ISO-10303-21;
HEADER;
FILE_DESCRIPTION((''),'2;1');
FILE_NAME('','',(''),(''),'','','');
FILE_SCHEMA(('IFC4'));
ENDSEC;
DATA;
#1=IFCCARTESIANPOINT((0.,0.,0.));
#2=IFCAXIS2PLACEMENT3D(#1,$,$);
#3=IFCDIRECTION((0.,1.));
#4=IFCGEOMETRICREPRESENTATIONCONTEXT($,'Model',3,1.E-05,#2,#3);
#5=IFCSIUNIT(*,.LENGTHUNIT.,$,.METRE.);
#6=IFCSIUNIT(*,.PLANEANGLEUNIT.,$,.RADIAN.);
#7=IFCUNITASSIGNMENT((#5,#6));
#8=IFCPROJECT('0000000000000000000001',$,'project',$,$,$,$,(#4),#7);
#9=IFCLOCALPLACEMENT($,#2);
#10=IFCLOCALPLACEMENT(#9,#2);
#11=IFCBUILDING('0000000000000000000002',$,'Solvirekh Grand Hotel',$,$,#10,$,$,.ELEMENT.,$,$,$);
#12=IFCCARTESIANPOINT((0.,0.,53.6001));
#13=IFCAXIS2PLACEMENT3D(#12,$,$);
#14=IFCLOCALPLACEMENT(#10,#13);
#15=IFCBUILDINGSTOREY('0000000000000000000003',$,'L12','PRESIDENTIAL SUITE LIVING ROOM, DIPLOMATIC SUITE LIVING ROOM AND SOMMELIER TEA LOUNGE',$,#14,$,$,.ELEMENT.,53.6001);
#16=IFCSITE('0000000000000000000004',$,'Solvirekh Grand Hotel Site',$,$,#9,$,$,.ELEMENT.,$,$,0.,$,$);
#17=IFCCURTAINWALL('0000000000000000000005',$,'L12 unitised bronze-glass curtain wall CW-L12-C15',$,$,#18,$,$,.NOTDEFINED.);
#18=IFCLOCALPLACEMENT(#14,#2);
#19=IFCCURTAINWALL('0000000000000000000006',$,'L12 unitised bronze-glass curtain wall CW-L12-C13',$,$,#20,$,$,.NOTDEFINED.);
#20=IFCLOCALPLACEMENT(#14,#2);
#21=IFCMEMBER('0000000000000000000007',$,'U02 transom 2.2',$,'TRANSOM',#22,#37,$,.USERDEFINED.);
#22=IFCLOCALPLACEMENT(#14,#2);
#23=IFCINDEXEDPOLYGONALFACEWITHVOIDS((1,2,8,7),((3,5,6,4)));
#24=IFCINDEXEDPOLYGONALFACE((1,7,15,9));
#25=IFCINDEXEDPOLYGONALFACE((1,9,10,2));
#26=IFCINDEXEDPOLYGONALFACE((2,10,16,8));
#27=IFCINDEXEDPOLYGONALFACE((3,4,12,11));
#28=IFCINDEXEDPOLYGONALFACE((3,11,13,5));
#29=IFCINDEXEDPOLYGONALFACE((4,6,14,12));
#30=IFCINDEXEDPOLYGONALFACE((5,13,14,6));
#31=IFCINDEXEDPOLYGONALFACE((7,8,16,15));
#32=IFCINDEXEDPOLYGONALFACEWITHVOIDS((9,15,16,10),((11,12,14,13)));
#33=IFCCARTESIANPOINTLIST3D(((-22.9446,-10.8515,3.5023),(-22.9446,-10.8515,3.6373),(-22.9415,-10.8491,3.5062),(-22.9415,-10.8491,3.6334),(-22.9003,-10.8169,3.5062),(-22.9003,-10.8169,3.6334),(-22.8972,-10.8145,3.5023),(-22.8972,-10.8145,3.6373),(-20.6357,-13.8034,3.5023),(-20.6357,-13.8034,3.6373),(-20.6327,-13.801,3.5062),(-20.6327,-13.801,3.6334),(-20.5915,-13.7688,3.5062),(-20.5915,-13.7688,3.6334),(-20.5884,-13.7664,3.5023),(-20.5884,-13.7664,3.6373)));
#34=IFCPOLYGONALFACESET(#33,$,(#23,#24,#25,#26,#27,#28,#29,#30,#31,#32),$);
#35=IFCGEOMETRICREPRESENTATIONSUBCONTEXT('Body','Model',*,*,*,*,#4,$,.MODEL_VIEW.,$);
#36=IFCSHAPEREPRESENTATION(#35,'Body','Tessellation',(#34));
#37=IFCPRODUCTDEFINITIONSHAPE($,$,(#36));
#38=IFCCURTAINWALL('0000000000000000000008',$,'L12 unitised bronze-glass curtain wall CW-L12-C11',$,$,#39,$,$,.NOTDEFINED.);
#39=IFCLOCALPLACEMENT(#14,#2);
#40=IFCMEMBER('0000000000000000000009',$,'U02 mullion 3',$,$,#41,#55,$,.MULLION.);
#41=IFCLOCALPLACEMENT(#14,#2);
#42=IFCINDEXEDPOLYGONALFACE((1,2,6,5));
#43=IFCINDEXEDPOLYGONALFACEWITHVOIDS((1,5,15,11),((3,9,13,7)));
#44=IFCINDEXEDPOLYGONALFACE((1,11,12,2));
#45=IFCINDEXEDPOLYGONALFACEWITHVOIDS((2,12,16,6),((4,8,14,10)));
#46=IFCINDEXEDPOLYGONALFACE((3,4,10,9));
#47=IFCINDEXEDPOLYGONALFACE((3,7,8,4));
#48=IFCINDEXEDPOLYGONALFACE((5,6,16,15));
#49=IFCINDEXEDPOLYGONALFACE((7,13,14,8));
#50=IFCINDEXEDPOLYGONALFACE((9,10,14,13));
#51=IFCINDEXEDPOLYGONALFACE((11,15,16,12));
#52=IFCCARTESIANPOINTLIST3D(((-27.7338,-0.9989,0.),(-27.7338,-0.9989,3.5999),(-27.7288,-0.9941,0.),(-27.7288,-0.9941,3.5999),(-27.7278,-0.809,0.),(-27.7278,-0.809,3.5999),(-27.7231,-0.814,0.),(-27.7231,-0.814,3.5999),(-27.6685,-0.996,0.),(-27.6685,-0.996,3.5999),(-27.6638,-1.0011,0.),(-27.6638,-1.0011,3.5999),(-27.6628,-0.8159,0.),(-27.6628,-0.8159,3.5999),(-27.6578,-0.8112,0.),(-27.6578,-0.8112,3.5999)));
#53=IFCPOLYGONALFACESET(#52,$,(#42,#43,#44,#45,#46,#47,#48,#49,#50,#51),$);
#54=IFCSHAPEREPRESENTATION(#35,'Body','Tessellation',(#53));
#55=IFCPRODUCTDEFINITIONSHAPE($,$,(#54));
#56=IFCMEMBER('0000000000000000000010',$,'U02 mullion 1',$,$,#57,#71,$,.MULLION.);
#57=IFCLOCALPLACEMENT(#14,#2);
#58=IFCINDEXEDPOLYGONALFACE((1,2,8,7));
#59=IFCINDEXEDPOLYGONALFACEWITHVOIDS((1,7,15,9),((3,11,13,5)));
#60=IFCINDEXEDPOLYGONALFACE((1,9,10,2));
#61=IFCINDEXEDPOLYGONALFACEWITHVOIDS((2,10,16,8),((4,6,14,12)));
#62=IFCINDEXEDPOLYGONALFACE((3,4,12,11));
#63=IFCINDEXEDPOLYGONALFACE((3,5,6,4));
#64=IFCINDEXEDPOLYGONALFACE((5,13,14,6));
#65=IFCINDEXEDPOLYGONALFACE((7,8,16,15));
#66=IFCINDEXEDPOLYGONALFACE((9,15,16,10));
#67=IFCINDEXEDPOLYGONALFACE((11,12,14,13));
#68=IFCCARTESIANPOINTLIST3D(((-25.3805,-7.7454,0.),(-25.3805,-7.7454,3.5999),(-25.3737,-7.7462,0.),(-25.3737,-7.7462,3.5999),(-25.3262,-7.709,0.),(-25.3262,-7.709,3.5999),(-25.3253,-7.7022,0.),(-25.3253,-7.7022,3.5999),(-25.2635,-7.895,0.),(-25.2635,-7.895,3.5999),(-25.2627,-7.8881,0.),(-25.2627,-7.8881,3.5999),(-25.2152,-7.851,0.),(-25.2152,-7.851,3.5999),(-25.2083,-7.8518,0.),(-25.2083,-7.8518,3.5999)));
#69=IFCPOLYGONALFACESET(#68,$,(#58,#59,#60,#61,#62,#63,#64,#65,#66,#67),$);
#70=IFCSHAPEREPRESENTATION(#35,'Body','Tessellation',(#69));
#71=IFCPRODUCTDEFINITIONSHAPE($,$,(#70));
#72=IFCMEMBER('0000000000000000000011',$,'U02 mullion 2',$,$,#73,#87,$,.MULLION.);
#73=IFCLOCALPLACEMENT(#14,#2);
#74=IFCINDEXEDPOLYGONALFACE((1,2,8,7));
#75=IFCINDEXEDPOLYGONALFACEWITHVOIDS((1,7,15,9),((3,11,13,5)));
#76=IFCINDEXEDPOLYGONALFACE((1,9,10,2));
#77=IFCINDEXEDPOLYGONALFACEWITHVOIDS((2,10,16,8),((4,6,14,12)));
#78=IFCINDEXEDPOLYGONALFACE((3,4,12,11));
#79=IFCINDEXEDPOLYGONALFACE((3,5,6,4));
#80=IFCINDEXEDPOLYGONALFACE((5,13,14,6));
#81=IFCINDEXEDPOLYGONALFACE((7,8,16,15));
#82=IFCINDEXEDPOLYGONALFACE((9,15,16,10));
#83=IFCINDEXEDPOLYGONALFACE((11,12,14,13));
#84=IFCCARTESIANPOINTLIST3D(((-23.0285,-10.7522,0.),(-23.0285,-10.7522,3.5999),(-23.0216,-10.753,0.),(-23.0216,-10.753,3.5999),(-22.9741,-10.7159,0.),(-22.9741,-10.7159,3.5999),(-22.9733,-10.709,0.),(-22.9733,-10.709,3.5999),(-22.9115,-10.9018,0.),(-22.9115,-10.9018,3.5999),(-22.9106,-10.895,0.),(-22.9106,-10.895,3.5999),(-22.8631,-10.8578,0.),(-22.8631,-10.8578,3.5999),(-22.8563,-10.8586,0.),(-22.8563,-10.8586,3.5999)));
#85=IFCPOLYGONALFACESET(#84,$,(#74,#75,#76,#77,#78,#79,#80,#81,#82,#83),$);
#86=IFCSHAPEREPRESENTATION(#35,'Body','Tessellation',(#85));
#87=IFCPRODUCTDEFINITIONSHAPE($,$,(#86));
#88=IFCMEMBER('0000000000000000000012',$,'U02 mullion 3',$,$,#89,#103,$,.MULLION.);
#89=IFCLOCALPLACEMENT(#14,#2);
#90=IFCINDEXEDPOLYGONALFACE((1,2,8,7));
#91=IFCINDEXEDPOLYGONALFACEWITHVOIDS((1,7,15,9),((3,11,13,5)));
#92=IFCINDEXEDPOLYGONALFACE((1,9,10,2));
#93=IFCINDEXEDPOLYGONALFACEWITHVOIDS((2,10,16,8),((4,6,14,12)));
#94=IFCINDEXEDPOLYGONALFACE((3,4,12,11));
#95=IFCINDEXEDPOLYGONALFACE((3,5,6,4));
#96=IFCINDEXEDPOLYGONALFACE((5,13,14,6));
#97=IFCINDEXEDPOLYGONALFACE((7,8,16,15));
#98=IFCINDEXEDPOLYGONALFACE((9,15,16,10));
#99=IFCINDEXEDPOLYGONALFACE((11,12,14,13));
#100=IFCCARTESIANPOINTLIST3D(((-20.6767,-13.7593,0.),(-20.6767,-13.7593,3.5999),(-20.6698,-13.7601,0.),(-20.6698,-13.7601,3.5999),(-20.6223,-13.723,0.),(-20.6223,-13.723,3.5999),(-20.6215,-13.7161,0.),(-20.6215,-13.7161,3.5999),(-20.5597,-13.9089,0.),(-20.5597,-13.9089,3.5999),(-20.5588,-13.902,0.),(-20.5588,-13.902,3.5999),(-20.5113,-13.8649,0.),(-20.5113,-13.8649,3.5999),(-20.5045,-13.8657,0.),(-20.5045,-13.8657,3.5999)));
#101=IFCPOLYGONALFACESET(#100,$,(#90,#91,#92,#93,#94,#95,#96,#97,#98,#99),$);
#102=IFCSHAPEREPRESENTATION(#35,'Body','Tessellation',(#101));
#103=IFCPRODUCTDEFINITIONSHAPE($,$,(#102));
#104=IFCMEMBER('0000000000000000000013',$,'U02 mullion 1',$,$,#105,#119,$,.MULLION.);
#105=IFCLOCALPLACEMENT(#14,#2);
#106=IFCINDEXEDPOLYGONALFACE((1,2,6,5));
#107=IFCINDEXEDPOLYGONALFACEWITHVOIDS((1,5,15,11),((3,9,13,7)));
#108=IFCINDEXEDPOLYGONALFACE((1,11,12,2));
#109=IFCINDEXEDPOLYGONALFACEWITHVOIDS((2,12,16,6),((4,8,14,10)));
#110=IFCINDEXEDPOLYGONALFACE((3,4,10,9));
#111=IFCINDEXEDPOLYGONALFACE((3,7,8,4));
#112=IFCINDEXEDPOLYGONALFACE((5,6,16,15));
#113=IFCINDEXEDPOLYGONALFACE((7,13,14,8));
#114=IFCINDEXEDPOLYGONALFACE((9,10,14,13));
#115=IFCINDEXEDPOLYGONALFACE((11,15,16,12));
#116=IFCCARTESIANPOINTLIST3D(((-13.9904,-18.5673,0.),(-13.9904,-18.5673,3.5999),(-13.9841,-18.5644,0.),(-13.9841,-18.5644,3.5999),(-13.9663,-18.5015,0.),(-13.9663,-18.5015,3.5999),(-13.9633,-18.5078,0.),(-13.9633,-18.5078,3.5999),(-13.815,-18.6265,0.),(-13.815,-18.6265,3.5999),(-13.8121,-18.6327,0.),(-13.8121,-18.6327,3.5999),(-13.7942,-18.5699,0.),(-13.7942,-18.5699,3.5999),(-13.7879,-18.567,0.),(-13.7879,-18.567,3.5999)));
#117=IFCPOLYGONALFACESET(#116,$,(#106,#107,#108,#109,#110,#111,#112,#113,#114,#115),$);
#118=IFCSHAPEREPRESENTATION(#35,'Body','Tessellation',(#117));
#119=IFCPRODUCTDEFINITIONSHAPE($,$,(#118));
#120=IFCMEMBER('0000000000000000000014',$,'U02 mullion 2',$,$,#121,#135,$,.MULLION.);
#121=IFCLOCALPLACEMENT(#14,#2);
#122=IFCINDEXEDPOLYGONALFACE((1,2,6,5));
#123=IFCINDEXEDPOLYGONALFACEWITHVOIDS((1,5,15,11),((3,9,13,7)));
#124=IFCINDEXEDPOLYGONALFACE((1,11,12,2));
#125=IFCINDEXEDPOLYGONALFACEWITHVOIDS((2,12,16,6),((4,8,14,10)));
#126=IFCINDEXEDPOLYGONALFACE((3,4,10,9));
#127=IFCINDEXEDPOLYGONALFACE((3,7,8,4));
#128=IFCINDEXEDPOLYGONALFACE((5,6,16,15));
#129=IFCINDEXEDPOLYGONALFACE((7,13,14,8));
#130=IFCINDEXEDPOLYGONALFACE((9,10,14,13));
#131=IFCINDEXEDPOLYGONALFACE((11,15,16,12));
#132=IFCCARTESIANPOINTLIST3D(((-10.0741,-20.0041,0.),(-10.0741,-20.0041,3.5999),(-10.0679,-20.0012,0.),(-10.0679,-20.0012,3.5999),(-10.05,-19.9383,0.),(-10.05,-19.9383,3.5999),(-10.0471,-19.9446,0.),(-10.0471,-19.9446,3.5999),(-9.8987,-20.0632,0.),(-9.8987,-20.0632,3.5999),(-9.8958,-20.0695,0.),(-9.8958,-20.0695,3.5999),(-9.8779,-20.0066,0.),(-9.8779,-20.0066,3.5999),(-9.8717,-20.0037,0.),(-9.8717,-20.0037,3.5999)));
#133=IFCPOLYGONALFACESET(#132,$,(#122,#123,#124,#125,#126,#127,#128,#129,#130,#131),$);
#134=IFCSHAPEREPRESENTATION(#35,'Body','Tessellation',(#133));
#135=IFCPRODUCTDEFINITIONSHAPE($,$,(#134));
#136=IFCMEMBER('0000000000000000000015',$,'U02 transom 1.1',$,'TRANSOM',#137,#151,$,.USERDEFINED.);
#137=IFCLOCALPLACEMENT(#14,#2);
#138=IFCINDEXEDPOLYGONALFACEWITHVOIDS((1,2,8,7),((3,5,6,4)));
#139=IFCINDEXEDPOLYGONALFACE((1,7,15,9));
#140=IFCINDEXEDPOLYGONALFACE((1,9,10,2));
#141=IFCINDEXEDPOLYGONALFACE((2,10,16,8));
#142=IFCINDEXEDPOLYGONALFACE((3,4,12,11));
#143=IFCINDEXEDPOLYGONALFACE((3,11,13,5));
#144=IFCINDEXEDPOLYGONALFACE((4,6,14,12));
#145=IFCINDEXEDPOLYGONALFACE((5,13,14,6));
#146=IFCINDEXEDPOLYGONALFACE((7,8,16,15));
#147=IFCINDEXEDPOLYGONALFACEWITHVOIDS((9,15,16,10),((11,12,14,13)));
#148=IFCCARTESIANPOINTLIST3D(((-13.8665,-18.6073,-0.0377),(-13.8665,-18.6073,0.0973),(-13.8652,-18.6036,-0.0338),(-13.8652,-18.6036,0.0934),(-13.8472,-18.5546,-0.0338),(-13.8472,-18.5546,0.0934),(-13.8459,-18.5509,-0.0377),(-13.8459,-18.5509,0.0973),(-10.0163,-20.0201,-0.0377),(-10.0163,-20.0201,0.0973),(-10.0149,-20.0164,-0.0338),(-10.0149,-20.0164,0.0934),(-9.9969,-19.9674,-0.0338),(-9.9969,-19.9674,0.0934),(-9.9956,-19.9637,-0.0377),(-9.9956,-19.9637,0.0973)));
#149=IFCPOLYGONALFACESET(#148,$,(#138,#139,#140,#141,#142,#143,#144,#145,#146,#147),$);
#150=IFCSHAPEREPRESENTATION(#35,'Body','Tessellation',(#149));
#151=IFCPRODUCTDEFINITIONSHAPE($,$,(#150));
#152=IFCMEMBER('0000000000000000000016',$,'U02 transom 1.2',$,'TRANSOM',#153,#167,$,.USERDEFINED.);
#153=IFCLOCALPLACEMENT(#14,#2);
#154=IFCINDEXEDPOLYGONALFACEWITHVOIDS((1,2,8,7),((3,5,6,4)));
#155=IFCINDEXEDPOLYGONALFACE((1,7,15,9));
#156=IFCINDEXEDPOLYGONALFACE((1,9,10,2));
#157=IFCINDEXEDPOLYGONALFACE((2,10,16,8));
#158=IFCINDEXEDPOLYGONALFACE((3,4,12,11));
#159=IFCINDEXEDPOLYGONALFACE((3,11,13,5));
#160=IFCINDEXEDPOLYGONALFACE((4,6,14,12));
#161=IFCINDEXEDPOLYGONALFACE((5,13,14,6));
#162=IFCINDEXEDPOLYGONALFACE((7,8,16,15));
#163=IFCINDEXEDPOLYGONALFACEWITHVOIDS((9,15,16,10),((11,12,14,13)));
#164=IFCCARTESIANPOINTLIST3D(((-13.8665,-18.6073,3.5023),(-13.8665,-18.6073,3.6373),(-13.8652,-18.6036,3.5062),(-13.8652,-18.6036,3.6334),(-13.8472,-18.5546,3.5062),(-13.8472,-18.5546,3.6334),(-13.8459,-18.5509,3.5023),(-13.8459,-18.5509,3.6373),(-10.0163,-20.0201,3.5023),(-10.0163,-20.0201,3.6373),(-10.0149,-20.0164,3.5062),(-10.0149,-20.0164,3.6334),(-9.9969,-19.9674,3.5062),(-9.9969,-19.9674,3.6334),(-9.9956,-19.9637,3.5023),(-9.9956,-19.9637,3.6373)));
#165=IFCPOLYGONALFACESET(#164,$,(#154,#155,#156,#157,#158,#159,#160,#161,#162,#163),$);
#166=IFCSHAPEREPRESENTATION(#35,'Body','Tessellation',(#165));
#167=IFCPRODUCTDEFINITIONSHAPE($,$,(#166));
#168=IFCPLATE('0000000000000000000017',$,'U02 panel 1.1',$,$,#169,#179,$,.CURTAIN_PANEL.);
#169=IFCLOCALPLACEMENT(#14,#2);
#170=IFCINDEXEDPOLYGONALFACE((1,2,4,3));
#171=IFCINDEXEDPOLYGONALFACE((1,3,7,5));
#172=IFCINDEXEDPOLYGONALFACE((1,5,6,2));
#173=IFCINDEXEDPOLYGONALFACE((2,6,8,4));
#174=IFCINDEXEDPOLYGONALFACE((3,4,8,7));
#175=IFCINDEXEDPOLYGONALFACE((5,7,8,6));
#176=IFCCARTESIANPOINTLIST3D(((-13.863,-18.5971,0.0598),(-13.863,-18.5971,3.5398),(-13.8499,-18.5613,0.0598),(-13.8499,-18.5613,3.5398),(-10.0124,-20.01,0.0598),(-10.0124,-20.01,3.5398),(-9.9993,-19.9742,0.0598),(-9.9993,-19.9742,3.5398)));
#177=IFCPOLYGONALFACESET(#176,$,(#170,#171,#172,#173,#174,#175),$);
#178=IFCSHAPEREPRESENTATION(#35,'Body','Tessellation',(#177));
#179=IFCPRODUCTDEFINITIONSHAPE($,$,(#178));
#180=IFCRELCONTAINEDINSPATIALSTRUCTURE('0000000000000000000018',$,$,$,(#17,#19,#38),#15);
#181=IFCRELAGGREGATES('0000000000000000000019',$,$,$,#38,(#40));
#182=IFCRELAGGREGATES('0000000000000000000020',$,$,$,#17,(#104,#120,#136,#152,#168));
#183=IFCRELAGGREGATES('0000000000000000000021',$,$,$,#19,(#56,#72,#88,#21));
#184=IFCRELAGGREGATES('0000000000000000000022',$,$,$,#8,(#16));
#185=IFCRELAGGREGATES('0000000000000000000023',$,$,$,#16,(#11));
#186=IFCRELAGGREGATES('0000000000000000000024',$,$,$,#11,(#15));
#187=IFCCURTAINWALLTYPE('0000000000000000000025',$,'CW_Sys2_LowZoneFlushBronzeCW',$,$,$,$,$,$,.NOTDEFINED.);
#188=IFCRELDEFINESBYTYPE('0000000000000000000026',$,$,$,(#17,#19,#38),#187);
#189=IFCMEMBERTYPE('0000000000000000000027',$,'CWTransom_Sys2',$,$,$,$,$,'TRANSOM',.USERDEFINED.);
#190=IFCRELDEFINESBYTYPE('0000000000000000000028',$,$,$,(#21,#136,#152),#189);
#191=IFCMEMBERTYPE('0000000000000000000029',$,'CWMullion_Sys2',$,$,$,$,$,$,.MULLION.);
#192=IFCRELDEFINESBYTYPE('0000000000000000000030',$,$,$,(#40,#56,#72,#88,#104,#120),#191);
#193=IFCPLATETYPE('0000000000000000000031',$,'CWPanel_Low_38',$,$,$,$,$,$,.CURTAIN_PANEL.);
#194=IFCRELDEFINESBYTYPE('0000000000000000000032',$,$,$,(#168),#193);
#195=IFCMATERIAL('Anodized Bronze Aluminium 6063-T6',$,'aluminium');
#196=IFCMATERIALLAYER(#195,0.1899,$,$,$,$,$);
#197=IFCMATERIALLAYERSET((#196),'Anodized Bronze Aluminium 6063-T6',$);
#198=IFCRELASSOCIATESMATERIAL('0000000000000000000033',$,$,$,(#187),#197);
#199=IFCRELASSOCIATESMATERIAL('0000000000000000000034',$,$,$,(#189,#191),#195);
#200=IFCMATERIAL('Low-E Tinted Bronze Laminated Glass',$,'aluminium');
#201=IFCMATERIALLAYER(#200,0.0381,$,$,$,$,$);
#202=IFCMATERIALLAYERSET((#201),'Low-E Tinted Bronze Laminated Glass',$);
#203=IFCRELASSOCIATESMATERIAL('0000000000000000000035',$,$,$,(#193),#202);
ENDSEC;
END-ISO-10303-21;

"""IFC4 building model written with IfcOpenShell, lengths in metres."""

from ifc_helpers import new_model, si_unit, direction, frame, origin, origin_2d, place, context, subcontext, project, spatial, rectangle, hollow_rectangle, extrude, source, transform, mapped, material, layer, layer_set, material_profile, profile_set, type_object, element, aggregate, save


model = new_model("IFC4")

# Units and contexts
model_context = context("Model", 3, precision=1e-05, world=origin(), true_north=direction((0.0, 1.0)))
body_context = subcontext(model_context, "Body", "Model", "MODEL_VIEW")
ifc_project = project(units=[si_unit("LENGTHUNIT", "METRE"), si_unit("PLANEANGLEUNIT", "RADIAN")], contexts=[model_context])

# Site, building, storey
site_placement = place(None, origin())
site = spatial("IfcSite", under=ifc_project, at=site_placement, Name="Solvirekh Grand Hotel Site", CompositionType="ELEMENT", RefElevation=0.0)
building_placement = place(site_placement, origin())
building = spatial("IfcBuilding", under=site, at=building_placement, Name="Solvirekh Grand Hotel", CompositionType="ELEMENT")
storey_placement = place(building_placement, frame((0.0, 0.0, 53.6001)))
storey = spatial("IfcBuildingStorey", under=building, at=storey_placement, Name="L12", Description="PRESIDENTIAL SUITE LIVING ROOM, DIPLOMATIC SUITE LIVING ROOM AND SOMMELIER TEA LOUNGE", CompositionType="ELEMENT", Elevation=53.6001)

# Curtain walls, member
ifc_material_1 = material(Name="Anodized Bronze Aluminium 6063-T6", Category="aluminium")
ifc_layer_1 = layer(ifc_material_1, 0.1899)
ifc_layer_set_1 = layer_set([ifc_layer_1], Name="Anodized Bronze Aluminium 6063-T6")
curtain_wall_type = type_object("IfcCurtainWallType", Name="CW_Sys2_LowZoneFlushBronzeCW", PredefinedType="NOTDEFINED", material=ifc_layer_set_1)
curtain_wall_1_placement = place(storey_placement, origin())
curtain_wall_1 = element("IfcCurtainWall", 1, at=curtain_wall_1_placement, inside=storey, type_object=curtain_wall_type, Name="L12 unitised bronze-glass curtain wall CW-L12-C15", PredefinedType="NOTDEFINED")
ifc_material_profile_1 = material_profile(ifc_material_1, hollow_rectangle(XDim=0.0601, YDim=0.135, WallThickness=0.0039, at=origin_2d()), Name="ALU RHS 135X60X4")
ifc_profile_set_1 = profile_set([ifc_material_profile_1], Name="Anodized Bronze Aluminium 6063-T6")
member_type_1 = type_object("IfcMemberType", Name="CWTransom_Sys2", ElementType="TRANSOM", PredefinedType="USERDEFINED", material=ifc_profile_set_1)
curtain_wall_2_placement = place(storey_placement, origin())
curtain_wall_2 = element("IfcCurtainWall", 2, at=curtain_wall_2_placement, inside=storey, type_object=curtain_wall_type, Name="L12 unitised bronze-glass curtain wall CW-L12-C13", PredefinedType="NOTDEFINED")
shared_shape_1 = source(origin(), body_context, "Body", "SweptSolid", [
    extrude(hollow_rectangle(XDim=0.0601, YDim=0.135, WallThickness=0.0039, at=origin_2d()), origin(), (0.0, 0.0, 1.0), 3.7476),
])
member_1_placement = place(storey_placement, frame((-22.9209, -10.833, 3.5698), z_axis=(0.616085, -0.78768, 0.0), x_axis=(0.78768, 0.616085, 0.0)))
member_1 = element("IfcMember", 3, at=member_1_placement, type_object=member_type_1, Name="U02 transom 2.2", ObjectType="TRANSOM", PredefinedType="USERDEFINED", context=body_context, shape_type="MappedRepresentation", body=[
    mapped(shared_shape_1, transform((0.0, 0.0, 0.0), x_axis=(1.0, 0.0, 0.0), y_axis=(0.0, 1.0, 0.0), z_axis=(0.0, 0.0, 1.0), scale=1.0)),
])

# Curtain wall, member
curtain_wall_3_placement = place(storey_placement, origin())
curtain_wall_3 = element("IfcCurtainWall", 4, at=curtain_wall_3_placement, inside=storey, type_object=curtain_wall_type, Name="L12 unitised bronze-glass curtain wall CW-L12-C11", PredefinedType="NOTDEFINED")
ifc_material_profile_2 = material_profile(ifc_material_1, hollow_rectangle(XDim=0.0701, YDim=0.1899, WallThickness=0.0049, at=origin_2d()), Name="ALU RHS 190X70X5")
ifc_profile_set_2 = profile_set([ifc_material_profile_2], Name="Anodized Bronze Aluminium 6063-T6")
member_type_2 = type_object("IfcMemberType", Name="CWMullion_Sys2", PredefinedType="MULLION", material=ifc_profile_set_2)
shared_shape_2 = source(origin(), body_context, "Body", "SweptSolid", [
    extrude(hollow_rectangle(XDim=0.0701, YDim=0.1899, WallThickness=0.0049, at=origin_2d()), origin(), (0.0, 0.0, 1.0), 3.5999),
])
member_2_placement = place(storey_placement, frame((-27.6958, -0.905, 0.0), z_axis=(0.0, 0.0, 1.0), x_axis=(0.999504, -0.031478, 0.0)))
member_2 = element("IfcMember", 5, at=member_2_placement, type_object=member_type_2, Name="U02 mullion 3", PredefinedType="MULLION", context=body_context, shape_type="MappedRepresentation", body=[
    mapped(shared_shape_2, transform((0.0, 0.0, 0.0), x_axis=(1.0, 0.0, 0.0), y_axis=(0.0, 1.0, 0.0), z_axis=(0.0, 0.0, 1.0), scale=1.0)),
])
aggregate(curtain_wall_3, [member_2])

# Members
member_3_placement = place(storey_placement, frame((-25.2944, -7.7986, 0.0), z_axis=(0.0, 0.0, 1.0), x_axis=(0.787672, 0.616095, 0.0)))
member_3 = element("IfcMember", 6, at=member_3_placement, type_object=member_type_2, Name="U02 mullion 1", PredefinedType="MULLION", context=body_context, shape_type="MappedRepresentation", body=[
    mapped(shared_shape_2, transform((0.0, 0.0, 0.0), x_axis=(1.0, 0.0, 0.0), y_axis=(0.0, 1.0, 0.0), z_axis=(0.0, 0.0, 1.0), scale=1.0)),
])
member_4_placement = place(storey_placement, frame((-22.9424, -10.8054, 0.0), z_axis=(0.0, 0.0, 1.0), x_axis=(0.787672, 0.616095, 0.0)))
member_4 = element("IfcMember", 7, at=member_4_placement, type_object=member_type_2, Name="U02 mullion 2", PredefinedType="MULLION", context=body_context, shape_type="MappedRepresentation", body=[
    mapped(shared_shape_2, transform((0.0, 0.0, 0.0), x_axis=(1.0, 0.0, 0.0), y_axis=(0.0, 1.0, 0.0), z_axis=(0.0, 0.0, 1.0), scale=1.0)),
])
member_5_placement = place(storey_placement, frame((-20.5906, -13.8125, 0.0), z_axis=(0.0, 0.0, 1.0), x_axis=(0.787672, 0.616095, 0.0)))
member_5 = element("IfcMember", 8, at=member_5_placement, type_object=member_type_2, Name="U02 mullion 3", PredefinedType="MULLION", context=body_context, shape_type="MappedRepresentation", body=[
    mapped(shared_shape_2, transform((0.0, 0.0, 0.0), x_axis=(1.0, 0.0, 0.0), y_axis=(0.0, 1.0, 0.0), z_axis=(0.0, 0.0, 1.0), scale=1.0)),
])
member_6_placement = place(storey_placement, frame((-13.8892, -18.5671, 0.0), z_axis=(0.0, 0.0, 1.0), x_axis=(0.344471, 0.938797, 0.0)))
member_6 = element("IfcMember", 9, at=member_6_placement, type_object=member_type_2, Name="U02 mullion 1", PredefinedType="MULLION", context=body_context, shape_type="MappedRepresentation", body=[
    mapped(shared_shape_2, transform((0.0, 0.0, 0.0), x_axis=(1.0, 0.0, 0.0), y_axis=(0.0, 1.0, 0.0), z_axis=(0.0, 0.0, 1.0), scale=1.0)),
])
member_7_placement = place(storey_placement, frame((-9.9729, -20.0039, 0.0), z_axis=(0.0, 0.0, 1.0), x_axis=(0.344471, 0.938797, 0.0)))
member_7 = element("IfcMember", 10, at=member_7_placement, type_object=member_type_2, Name="U02 mullion 2", PredefinedType="MULLION", context=body_context, shape_type="MappedRepresentation", body=[
    mapped(shared_shape_2, transform((0.0, 0.0, 0.0), x_axis=(1.0, 0.0, 0.0), y_axis=(0.0, 1.0, 0.0), z_axis=(0.0, 0.0, 1.0), scale=1.0)),
])
shared_shape_3 = source(origin(), body_context, "Body", "SweptSolid", [
    extrude(hollow_rectangle(XDim=0.0601, YDim=0.135, WallThickness=0.0039, at=origin_2d()), origin(), (0.0, 0.0, 1.0), 4.1013),
])
member_8_placement = place(storey_placement, frame((-13.8562, -18.5791, 0.0298), z_axis=(0.938794, -0.34448, 0.0), x_axis=(0.34448, 0.938794, 0.0)))
member_8 = element("IfcMember", 11, at=member_8_placement, type_object=member_type_1, Name="U02 transom 1.1", ObjectType="TRANSOM", PredefinedType="USERDEFINED", context=body_context, shape_type="MappedRepresentation", body=[
    mapped(shared_shape_3, transform((0.0, 0.0, 0.0), x_axis=(1.0, 0.0, 0.0), y_axis=(0.0, 1.0, 0.0), z_axis=(0.0, 0.0, 1.0), scale=1.0)),
])
member_9_placement = place(storey_placement, frame((-13.8562, -18.5791, 3.5698), z_axis=(0.938794, -0.34448, 0.0), x_axis=(0.34448, 0.938794, 0.0)))
member_9 = element("IfcMember", 12, at=member_9_placement, type_object=member_type_1, Name="U02 transom 1.2", ObjectType="TRANSOM", PredefinedType="USERDEFINED", context=body_context, shape_type="MappedRepresentation", body=[
    mapped(shared_shape_3, transform((0.0, 0.0, 0.0), x_axis=(1.0, 0.0, 0.0), y_axis=(0.0, 1.0, 0.0), z_axis=(0.0, 0.0, 1.0), scale=1.0)),
])

# Plate
ifc_material_2 = material(Name="Low-E Tinted Bronze Laminated Glass", Category="aluminium")
ifc_layer_2 = layer(ifc_material_2, 0.0381)
ifc_layer_set_2 = layer_set([ifc_layer_2], Name="Low-E Tinted Bronze Laminated Glass")
plate_type = type_object("IfcPlateType", Name="CWPanel_Low_38", PredefinedType="CURTAIN_PANEL", material=ifc_layer_set_2)
shared_shape_4 = source(origin(), body_context, "Body", "SweptSolid", [
    extrude(rectangle(XDim=4.1016, YDim=0.0381, at=origin_2d()), origin(), (0.0, 0.0, 1.0), 3.48),
])
plate_1_placement = place(storey_placement, frame((-11.9312, -19.2856, 0.0598), z_axis=(0.0, 0.0, 1.0), x_axis=(0.938797, -0.344471, 0.0)))
plate_1 = element("IfcPlate", 13, at=plate_1_placement, type_object=plate_type, Name="U02 panel 1.1", PredefinedType="CURTAIN_PANEL", context=body_context, shape_type="MappedRepresentation", body=[
    mapped(shared_shape_4, transform((0.0, 0.0, 0.0), x_axis=(1.0, 0.0, 0.0), y_axis=(0.0, 1.0, 0.0), z_axis=(0.0, 0.0, 1.0), scale=1.0)),
])
aggregate(curtain_wall_1, [member_6, member_7, member_8, member_9, plate_1])
aggregate(curtain_wall_2, [member_3, member_4, member_5, member_1])

save(model, "model.ifc")
